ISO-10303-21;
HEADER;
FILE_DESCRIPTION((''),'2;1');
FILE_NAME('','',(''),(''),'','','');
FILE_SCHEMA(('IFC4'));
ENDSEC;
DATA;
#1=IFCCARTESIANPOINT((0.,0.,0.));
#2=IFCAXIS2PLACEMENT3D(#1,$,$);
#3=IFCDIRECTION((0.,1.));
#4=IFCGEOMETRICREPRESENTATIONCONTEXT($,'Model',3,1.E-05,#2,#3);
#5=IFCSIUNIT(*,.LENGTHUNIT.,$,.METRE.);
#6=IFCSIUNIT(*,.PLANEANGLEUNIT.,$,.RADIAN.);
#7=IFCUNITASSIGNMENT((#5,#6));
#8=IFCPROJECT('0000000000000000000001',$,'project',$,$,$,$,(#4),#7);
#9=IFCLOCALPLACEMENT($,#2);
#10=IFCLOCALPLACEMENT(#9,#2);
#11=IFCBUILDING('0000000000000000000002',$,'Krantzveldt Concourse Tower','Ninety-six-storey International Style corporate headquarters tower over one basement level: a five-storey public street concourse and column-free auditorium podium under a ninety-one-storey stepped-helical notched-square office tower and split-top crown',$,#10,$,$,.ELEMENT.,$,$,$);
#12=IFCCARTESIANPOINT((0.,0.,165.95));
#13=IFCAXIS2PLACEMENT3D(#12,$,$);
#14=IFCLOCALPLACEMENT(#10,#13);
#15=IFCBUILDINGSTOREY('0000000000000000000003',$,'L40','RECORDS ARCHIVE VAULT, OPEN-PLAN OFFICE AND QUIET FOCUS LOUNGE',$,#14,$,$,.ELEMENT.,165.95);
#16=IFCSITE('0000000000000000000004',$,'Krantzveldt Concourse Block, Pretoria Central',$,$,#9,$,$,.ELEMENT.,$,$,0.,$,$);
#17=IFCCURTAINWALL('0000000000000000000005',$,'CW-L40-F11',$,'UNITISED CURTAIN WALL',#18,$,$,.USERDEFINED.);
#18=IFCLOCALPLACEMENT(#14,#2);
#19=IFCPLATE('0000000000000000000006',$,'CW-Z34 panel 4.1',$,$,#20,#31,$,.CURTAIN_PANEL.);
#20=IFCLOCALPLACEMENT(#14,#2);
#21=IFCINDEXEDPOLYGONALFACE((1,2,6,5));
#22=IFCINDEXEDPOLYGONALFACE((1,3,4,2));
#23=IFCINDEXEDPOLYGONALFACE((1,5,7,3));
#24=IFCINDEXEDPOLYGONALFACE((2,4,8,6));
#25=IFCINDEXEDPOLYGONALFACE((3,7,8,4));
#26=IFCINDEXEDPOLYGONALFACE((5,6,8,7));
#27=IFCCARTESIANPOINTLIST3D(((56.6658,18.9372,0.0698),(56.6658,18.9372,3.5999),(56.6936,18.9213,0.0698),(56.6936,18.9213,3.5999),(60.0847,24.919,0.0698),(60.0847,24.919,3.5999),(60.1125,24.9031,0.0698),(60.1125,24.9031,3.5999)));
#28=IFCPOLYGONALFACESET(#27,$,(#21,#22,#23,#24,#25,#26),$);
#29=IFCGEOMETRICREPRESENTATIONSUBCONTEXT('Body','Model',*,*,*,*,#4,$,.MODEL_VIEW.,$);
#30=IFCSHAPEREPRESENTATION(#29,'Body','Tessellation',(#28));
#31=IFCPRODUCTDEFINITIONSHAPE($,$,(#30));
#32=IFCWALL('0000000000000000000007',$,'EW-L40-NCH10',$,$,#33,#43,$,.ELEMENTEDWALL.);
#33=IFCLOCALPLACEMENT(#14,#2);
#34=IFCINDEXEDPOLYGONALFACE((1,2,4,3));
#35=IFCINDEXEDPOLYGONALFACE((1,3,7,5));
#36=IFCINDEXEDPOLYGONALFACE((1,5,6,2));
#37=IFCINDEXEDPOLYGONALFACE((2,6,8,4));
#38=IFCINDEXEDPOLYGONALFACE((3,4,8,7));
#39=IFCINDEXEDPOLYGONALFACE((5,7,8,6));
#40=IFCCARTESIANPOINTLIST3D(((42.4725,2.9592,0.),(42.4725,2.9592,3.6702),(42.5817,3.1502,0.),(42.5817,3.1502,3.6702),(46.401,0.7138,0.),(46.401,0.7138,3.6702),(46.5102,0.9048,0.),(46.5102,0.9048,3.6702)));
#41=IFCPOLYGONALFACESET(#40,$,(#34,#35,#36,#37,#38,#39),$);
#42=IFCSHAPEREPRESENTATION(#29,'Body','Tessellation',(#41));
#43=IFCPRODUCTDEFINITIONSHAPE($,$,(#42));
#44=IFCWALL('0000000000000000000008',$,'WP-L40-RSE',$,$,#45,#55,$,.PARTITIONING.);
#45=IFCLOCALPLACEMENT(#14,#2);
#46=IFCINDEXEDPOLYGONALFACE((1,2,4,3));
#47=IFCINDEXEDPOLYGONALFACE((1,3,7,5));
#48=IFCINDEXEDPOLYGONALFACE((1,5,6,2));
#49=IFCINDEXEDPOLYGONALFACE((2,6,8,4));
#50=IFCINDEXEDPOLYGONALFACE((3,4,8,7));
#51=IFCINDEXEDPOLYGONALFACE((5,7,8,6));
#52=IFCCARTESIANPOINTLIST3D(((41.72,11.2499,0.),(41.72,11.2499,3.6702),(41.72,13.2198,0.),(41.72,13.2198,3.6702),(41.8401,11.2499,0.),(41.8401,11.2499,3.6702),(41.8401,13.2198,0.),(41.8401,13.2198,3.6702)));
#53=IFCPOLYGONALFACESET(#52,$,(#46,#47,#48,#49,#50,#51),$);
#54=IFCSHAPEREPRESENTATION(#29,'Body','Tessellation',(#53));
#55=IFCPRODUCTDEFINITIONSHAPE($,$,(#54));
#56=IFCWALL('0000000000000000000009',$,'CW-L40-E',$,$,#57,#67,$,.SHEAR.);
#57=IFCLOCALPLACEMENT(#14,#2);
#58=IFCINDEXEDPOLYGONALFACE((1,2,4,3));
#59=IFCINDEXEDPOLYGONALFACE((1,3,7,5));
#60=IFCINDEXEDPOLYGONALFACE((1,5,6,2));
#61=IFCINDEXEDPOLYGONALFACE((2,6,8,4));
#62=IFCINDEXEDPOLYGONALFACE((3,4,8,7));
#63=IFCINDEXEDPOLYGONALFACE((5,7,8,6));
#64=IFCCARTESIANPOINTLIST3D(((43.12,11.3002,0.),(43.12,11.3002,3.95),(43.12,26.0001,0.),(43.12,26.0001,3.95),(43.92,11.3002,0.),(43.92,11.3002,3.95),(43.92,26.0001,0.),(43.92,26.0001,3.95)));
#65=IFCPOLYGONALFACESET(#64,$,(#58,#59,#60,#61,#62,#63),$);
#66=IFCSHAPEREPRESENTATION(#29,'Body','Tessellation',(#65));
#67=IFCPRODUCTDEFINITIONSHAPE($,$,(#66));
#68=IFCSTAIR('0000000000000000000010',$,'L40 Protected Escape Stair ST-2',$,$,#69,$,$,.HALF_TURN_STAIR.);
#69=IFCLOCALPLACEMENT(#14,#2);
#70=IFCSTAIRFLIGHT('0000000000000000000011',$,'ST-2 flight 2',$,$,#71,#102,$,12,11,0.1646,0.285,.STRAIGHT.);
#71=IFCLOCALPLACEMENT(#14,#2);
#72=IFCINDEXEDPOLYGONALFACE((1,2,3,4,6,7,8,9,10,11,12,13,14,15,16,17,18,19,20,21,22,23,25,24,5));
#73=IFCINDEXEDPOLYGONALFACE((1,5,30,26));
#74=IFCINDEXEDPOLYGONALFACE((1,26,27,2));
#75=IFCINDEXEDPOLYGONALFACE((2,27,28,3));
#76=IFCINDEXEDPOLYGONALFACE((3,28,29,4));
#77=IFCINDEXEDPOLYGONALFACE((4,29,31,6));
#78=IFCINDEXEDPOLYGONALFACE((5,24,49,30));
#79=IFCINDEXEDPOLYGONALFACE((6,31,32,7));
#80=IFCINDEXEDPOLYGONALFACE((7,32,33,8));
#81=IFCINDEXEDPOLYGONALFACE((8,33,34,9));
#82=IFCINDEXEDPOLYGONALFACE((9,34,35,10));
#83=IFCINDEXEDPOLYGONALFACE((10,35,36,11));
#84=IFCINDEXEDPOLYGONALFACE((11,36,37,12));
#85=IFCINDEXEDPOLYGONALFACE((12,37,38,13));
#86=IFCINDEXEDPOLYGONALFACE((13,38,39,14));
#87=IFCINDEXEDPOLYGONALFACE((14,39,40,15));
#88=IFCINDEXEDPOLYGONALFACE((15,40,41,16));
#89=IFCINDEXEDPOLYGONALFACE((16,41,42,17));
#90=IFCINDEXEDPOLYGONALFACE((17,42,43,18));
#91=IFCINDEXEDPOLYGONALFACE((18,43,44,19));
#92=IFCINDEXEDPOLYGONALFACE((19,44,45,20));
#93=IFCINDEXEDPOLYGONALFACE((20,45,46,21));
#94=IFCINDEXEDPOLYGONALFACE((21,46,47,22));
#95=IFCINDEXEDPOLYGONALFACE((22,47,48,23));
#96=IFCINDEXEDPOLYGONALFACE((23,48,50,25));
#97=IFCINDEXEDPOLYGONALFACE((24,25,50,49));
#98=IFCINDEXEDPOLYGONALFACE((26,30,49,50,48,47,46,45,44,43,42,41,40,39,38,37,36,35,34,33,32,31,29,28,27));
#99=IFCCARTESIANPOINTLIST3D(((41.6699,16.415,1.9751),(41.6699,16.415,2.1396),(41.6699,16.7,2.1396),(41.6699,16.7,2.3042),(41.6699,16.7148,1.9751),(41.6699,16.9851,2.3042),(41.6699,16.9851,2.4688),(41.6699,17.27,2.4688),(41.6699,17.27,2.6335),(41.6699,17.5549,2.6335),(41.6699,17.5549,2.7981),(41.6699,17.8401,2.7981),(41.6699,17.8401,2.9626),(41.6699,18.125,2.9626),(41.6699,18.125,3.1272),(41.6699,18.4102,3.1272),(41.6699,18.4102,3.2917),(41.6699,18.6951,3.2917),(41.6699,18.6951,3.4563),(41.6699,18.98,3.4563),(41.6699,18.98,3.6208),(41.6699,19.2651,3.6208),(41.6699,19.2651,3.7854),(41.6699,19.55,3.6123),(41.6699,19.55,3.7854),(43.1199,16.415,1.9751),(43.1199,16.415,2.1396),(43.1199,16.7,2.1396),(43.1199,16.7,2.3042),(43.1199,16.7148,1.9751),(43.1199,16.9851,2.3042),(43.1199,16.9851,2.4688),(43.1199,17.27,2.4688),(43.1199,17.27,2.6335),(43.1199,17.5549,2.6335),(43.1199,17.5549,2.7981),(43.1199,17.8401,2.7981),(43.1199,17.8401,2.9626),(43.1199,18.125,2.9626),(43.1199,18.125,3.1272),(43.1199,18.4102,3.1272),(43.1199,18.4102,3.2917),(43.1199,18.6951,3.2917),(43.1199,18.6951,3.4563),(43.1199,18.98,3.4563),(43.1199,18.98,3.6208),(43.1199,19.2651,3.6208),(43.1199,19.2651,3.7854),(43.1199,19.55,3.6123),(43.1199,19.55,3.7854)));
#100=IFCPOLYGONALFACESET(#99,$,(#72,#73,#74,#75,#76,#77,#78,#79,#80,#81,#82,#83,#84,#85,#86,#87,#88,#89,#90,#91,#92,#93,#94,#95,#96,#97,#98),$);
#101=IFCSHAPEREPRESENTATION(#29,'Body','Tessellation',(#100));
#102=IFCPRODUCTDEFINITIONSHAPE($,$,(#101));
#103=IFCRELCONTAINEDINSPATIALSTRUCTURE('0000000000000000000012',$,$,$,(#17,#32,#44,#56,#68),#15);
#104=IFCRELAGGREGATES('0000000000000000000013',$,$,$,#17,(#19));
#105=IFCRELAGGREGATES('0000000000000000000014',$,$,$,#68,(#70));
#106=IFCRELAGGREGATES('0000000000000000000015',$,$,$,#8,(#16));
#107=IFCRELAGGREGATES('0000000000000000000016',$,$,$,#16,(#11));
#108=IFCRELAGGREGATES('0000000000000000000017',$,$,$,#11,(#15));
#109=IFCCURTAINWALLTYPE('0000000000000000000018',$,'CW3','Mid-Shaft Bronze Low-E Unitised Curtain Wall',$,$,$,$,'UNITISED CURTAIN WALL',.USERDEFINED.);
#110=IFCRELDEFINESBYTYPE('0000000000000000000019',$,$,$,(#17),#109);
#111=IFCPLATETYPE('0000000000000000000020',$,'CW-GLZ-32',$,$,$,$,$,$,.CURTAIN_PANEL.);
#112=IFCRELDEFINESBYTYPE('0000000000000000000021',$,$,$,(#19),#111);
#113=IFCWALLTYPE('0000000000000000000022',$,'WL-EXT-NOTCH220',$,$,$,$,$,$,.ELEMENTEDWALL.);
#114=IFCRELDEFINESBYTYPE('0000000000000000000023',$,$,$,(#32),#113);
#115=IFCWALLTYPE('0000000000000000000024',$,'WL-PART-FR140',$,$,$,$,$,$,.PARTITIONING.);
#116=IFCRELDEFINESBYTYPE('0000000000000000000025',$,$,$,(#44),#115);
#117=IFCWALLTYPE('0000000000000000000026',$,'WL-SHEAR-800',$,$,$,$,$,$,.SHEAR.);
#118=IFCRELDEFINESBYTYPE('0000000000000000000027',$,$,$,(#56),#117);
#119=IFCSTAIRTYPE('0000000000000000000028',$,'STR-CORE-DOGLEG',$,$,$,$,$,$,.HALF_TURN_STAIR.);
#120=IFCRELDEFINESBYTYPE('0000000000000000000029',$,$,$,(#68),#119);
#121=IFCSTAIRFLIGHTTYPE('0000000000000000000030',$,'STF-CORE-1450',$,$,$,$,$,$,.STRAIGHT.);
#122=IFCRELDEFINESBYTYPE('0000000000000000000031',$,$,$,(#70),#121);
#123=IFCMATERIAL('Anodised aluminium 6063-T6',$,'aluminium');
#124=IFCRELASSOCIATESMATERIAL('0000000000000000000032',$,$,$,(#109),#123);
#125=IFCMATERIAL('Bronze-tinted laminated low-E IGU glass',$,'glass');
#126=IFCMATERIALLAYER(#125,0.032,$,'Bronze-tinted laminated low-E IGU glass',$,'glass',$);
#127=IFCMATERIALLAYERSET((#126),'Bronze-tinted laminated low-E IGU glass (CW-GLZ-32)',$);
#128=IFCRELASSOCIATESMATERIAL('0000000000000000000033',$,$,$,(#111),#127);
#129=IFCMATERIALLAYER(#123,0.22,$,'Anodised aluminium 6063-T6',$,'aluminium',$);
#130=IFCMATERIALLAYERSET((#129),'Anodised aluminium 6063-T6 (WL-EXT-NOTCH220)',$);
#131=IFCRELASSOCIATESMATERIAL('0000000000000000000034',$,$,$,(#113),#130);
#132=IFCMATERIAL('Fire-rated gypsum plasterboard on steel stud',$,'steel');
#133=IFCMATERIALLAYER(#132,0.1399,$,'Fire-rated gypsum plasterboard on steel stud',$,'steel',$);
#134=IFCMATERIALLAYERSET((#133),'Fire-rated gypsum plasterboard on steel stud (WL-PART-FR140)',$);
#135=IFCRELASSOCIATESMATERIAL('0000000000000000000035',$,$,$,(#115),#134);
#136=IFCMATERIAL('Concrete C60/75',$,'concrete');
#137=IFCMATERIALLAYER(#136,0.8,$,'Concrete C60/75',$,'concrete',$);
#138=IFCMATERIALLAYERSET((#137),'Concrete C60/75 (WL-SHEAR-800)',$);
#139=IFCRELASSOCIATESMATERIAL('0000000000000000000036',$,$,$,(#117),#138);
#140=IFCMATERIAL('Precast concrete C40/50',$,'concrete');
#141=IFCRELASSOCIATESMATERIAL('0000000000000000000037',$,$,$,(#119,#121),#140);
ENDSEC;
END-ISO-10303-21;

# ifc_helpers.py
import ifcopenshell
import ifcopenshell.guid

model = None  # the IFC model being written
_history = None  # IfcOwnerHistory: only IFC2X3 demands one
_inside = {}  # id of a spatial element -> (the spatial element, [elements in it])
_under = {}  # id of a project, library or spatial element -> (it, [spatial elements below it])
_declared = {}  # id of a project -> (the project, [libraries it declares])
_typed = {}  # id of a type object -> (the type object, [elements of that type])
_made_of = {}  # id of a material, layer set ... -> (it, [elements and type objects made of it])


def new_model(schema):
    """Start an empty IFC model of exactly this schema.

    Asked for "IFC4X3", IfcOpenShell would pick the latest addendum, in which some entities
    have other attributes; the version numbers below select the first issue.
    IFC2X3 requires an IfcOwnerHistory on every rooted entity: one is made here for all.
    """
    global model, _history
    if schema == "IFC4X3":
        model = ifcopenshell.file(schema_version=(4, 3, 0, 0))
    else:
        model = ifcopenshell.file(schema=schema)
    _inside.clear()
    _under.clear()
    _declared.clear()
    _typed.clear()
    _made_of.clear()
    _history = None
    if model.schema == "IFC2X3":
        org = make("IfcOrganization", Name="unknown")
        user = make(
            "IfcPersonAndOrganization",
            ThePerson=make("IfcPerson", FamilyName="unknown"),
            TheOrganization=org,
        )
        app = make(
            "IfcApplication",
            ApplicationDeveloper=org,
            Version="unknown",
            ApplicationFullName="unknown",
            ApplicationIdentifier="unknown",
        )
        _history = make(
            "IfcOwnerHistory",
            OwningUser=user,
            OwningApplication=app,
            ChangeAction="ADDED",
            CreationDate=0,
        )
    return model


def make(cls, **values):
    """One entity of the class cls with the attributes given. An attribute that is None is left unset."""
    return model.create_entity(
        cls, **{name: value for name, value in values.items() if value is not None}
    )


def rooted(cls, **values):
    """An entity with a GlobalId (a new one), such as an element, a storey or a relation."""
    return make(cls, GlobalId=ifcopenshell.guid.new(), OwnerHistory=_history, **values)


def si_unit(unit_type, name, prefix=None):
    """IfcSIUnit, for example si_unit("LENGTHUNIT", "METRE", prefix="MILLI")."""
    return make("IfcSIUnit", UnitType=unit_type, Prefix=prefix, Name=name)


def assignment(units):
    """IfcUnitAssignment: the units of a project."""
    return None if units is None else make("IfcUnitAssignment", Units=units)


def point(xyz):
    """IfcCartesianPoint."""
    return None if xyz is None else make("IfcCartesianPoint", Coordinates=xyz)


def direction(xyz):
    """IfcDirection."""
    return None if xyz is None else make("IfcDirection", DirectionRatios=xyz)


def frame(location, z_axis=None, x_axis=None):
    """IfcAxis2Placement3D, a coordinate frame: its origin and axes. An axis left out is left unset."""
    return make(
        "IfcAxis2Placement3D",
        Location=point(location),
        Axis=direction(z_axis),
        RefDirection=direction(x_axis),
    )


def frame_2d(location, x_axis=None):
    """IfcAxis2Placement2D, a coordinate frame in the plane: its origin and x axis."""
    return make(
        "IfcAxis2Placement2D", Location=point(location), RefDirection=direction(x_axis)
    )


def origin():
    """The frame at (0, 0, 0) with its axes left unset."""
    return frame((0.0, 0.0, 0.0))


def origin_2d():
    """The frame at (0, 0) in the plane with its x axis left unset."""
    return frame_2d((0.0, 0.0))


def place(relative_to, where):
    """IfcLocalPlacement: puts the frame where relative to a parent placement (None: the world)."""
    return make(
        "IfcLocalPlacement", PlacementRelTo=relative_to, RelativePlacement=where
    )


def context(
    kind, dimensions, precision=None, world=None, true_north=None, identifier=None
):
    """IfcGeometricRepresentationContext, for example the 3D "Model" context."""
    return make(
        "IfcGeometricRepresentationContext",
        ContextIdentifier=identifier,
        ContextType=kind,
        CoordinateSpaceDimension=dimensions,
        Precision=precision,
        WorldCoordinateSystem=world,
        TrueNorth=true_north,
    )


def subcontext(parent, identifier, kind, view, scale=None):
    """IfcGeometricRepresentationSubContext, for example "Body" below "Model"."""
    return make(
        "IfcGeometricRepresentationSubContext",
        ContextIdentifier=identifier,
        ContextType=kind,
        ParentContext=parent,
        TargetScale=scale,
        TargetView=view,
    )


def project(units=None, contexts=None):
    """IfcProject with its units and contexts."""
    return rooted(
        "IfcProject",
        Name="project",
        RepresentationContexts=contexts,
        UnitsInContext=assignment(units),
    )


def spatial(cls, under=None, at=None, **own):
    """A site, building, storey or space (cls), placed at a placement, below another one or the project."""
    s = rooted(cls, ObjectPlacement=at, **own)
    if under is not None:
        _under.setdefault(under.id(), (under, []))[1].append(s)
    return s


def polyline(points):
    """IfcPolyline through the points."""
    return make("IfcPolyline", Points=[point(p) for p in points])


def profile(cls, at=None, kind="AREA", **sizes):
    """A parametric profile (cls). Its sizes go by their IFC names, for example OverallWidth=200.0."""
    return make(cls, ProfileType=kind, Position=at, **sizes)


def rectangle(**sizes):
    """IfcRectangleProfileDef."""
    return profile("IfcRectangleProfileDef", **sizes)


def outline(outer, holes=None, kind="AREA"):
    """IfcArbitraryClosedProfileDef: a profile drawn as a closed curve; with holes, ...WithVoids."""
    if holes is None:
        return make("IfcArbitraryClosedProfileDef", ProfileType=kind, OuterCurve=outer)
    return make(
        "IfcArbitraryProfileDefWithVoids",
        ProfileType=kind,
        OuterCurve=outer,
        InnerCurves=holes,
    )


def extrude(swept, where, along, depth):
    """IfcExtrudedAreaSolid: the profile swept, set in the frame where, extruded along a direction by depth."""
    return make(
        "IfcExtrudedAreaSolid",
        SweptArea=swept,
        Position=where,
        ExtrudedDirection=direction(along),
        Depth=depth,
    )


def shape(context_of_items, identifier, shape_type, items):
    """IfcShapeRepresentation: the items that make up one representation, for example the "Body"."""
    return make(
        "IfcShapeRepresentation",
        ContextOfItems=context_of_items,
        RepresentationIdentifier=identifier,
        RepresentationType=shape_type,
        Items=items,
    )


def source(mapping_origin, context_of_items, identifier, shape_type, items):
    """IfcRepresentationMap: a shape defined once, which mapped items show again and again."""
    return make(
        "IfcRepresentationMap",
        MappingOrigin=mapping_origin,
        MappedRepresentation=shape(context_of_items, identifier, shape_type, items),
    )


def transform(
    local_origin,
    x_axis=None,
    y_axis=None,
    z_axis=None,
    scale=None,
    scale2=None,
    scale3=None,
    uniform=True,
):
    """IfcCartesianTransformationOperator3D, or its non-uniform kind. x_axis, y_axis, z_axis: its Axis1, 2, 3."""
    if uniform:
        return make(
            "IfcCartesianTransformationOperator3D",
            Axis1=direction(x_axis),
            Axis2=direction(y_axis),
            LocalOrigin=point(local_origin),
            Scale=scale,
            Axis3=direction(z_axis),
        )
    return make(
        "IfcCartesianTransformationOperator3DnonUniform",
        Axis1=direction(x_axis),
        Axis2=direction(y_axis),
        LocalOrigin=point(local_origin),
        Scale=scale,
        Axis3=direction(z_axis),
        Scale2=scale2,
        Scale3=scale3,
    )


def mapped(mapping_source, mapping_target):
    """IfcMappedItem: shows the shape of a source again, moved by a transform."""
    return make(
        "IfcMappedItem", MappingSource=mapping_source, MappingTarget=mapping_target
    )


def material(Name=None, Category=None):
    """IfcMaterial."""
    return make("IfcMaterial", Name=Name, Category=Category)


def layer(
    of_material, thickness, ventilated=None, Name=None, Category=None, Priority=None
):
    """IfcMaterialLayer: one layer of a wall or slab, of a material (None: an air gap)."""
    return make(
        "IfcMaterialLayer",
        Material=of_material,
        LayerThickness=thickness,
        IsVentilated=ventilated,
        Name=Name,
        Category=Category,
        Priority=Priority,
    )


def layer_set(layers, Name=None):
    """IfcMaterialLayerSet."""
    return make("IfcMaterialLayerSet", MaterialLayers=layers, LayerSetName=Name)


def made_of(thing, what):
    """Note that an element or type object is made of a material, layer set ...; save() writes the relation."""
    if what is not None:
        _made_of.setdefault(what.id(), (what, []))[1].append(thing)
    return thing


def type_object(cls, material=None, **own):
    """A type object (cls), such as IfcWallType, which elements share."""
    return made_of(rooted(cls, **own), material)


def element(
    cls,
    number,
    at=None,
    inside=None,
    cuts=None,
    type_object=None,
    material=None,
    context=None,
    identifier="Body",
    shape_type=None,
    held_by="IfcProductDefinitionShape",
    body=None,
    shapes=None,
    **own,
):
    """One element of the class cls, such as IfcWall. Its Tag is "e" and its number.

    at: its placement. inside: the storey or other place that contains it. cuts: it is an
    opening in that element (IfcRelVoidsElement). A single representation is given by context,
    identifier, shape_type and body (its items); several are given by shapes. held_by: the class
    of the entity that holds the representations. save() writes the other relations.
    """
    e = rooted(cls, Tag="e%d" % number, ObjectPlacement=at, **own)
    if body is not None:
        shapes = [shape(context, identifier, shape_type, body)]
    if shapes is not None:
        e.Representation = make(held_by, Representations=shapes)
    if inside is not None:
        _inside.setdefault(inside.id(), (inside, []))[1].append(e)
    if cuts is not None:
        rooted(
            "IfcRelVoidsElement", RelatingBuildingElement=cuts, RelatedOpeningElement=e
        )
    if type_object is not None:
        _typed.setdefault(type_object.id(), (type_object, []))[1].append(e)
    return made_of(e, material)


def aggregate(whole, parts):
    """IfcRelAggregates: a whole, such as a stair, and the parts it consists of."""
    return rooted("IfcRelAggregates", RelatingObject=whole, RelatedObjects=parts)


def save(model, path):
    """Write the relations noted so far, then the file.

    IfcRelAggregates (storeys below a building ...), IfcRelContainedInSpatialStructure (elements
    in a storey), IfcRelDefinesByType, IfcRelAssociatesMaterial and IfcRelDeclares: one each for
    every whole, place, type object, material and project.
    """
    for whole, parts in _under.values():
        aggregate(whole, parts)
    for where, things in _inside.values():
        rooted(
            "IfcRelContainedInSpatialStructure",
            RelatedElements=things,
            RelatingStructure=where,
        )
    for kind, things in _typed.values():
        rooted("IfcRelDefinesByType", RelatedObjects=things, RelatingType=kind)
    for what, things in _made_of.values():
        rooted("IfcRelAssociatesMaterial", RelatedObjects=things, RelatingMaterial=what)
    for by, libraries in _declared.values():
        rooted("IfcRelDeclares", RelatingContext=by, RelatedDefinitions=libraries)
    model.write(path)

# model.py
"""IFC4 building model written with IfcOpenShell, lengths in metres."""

from ifc_helpers import new_model, si_unit, direction, frame, frame_2d, origin, origin_2d, place, context, subcontext, project, spatial, polyline, rectangle, outline, extrude, source, transform, mapped, material, layer, layer_set, type_object, element, aggregate, save


model = new_model("IFC4")

# Units and contexts
model_context = context("Model", 3, precision=1e-05, world=origin(), true_north=direction((0.0, 1.0)))
body_context = subcontext(model_context, "Body", "Model", "MODEL_VIEW")
ifc_project = project(units=[si_unit("LENGTHUNIT", "METRE"), si_unit("PLANEANGLEUNIT", "RADIAN")], contexts=[model_context])

# Site, building, storey
site_placement = place(None, origin())
site = spatial("IfcSite", under=ifc_project, at=site_placement, Name="Krantzveldt Concourse Block, Pretoria Central", CompositionType="ELEMENT", RefElevation=0.0)
building_placement = place(site_placement, origin())
building = spatial("IfcBuilding", under=site, at=building_placement, Name="Krantzveldt Concourse Tower", Description="Ninety-six-storey International Style corporate headquarters tower over one basement level: a five-storey public street concourse and column-free auditorium podium under a ninety-one-storey stepped-helical notched-square office tower and split-top crown", CompositionType="ELEMENT")
storey_placement = place(building_placement, frame((0.0, 0.0, 165.95)))
storey = spatial("IfcBuildingStorey", under=building, at=storey_placement, Name="L40", Description="RECORDS ARCHIVE VAULT, OPEN-PLAN OFFICE AND QUIET FOCUS LOUNGE", CompositionType="ELEMENT", Elevation=165.95)

# Curtain wall, plate
ifc_material_1 = material(Name="Anodised aluminium 6063-T6", Category="aluminium")
curtain_wall_type = type_object("IfcCurtainWallType", Name="CW3", Description="Mid-Shaft Bronze Low-E Unitised Curtain Wall", ElementType="UNITISED CURTAIN WALL", PredefinedType="USERDEFINED", material=ifc_material_1)
curtain_wall_placement = place(storey_placement, origin())
curtain_wall = element("IfcCurtainWall", 1, at=curtain_wall_placement, inside=storey, type_object=curtain_wall_type, Name="CW-L40-F11", ObjectType="UNITISED CURTAIN WALL", PredefinedType="USERDEFINED")
ifc_material_2 = material(Name="Bronze-tinted laminated low-E IGU glass", Category="glass")
ifc_layer_1 = layer(ifc_material_2, 0.032, Name="Bronze-tinted laminated low-E IGU glass", Category="glass")
ifc_layer_set_1 = layer_set([ifc_layer_1], Name="Bronze-tinted laminated low-E IGU glass (CW-GLZ-32)")
plate_type = type_object("IfcPlateType", Name="CW-GLZ-32", PredefinedType="CURTAIN_PANEL", material=ifc_layer_set_1)
shared_shape_1 = source(origin(), body_context, "Body", "SweptSolid", [
    extrude(rectangle(XDim=6.8899, YDim=0.032, at=origin_2d()), origin(), (0.0, 0.0, 1.0), 3.53),
])
plate_1_placement = place(storey_placement, frame((58.3892, 21.9202, 0.0698), z_axis=(0.0, 0.0, 1.0), x_axis=(0.496216, 0.868199, 0.0)))
plate_1 = element("IfcPlate", 2, at=plate_1_placement, type_object=plate_type, Name="CW-Z34 panel 4.1", PredefinedType="CURTAIN_PANEL", context=body_context, shape_type="MappedRepresentation", body=[
    mapped(shared_shape_1, transform((0.0, 0.0, 0.0), x_axis=(1.0, 0.0, 0.0), y_axis=(0.0, 1.0, 0.0), z_axis=(0.0, 0.0, 1.0), scale=1.0)),
])
aggregate(curtain_wall, [plate_1])

# Walls
ifc_layer_2 = layer(ifc_material_1, 0.22, Name="Anodised aluminium 6063-T6", Category="aluminium")
ifc_layer_set_2 = layer_set([ifc_layer_2], Name="Anodised aluminium 6063-T6 (WL-EXT-NOTCH220)")
wall_type_1 = type_object("IfcWallType", Name="WL-EXT-NOTCH220", PredefinedType="ELEMENTEDWALL", material=ifc_layer_set_2)
wall_1_placement = place(storey_placement, frame((42.5271, 3.0547, 0.0), z_axis=(0.0, 0.0, 1.0), x_axis=(0.868193, -0.496226, 0.0)))
element("IfcWall", 3, at=wall_1_placement, inside=storey, type_object=wall_type_1, Name="EW-L40-NCH10", PredefinedType="ELEMENTEDWALL", context=body_context, shape_type="SweptSolid", body=[
    extrude(rectangle(XDim=4.5249, YDim=0.22, at=frame_2d((2.2625, 0.0))), origin(), (0.0, 0.0, 1.0), 3.6702),
])
ifc_material_3 = material(Name="Fire-rated gypsum plasterboard on steel stud", Category="steel")
ifc_layer_3 = layer(ifc_material_3, 0.1399, Name="Fire-rated gypsum plasterboard on steel stud", Category="steel")
ifc_layer_set_3 = layer_set([ifc_layer_3], Name="Fire-rated gypsum plasterboard on steel stud (WL-PART-FR140)")
wall_type_2 = type_object("IfcWallType", Name="WL-PART-FR140", PredefinedType="PARTITIONING", material=ifc_layer_set_3)
wall_2_placement = place(storey_placement, frame((41.78, 11.25, 0.0), z_axis=(0.0, 0.0, 1.0), x_axis=(0.0, 1.0, 0.0)))
element("IfcWall", 4, at=wall_2_placement, inside=storey, type_object=wall_type_2, Name="WP-L40-RSE", PredefinedType="PARTITIONING", context=body_context, shape_type="SweptSolid", body=[
    extrude(rectangle(XDim=1.97, YDim=0.1201, at=frame_2d((0.9849, 0.0))), origin(), (0.0, 0.0, 1.0), 3.6702),
])
ifc_material_4 = material(Name="Concrete C60/75", Category="concrete")
ifc_layer_4 = layer(ifc_material_4, 0.8, Name="Concrete C60/75", Category="concrete")
ifc_layer_set_4 = layer_set([ifc_layer_4], Name="Concrete C60/75 (WL-SHEAR-800)")
wall_type_3 = type_object("IfcWallType", Name="WL-SHEAR-800", PredefinedType="SHEAR", material=ifc_layer_set_4)
wall_3_placement = place(storey_placement, frame((43.52, 11.3, 0.0), z_axis=(0.0, 0.0, 1.0), x_axis=(0.0, 1.0, 0.0)))
element("IfcWall", 5, at=wall_3_placement, inside=storey, type_object=wall_type_3, Name="CW-L40-E", PredefinedType="SHEAR", context=body_context, shape_type="SweptSolid", body=[
    extrude(rectangle(XDim=14.7, YDim=0.8, at=frame_2d((7.3501, 0.0))), origin(), (0.0, 0.0, 1.0), 3.95),
])

# Stair, stair flight
ifc_material_5 = material(Name="Precast concrete C40/50", Category="concrete")
stair_type = type_object("IfcStairType", Name="STR-CORE-DOGLEG", PredefinedType="HALF_TURN_STAIR", material=ifc_material_5)
stair_placement = place(storey_placement, origin())
stair = element("IfcStair", 6, at=stair_placement, inside=storey, type_object=stair_type, Name="L40 Protected Escape Stair ST-2", PredefinedType="HALF_TURN_STAIR")
stair_flight_type = type_object("IfcStairFlightType", Name="STF-CORE-1450", PredefinedType="STRAIGHT", material=ifc_material_5)
stair_flight_placement = place(storey_placement, frame((42.395, 16.415, 1.9751), z_axis=(0.0, 0.0, 1.0), x_axis=(0.0, 1.0, 0.0)))
stair_flight = element("IfcStairFlight", 7, at=stair_flight_placement, type_object=stair_flight_type, Name="ST-2 flight 2", NumberOfRisers=12, NumberOfTreads=11, PredefinedType="STRAIGHT", RiserHeight=0.1646, TreadLength=0.285, context=body_context, shape_type="SweptSolid", body=[
    extrude(outline(polyline([(0.0, 0.0), (0.0, 0.1646), (0.2849, 0.1646), (0.2849, 0.3291), (0.5701, 0.3291), (0.5701, 0.4937), (0.855, 0.4937), (0.855, 0.6584), (1.1399, 0.6584), (1.1399, 0.823), (1.425, 0.823), (1.425, 0.9875), (1.71, 0.9875), (1.71, 1.1521), (1.9951, 1.1521), (1.9951, 1.3167), (2.28, 1.3167), (2.28, 1.4812), (2.5649, 1.4812), (2.5649, 1.6458), (2.8501, 1.6458), (2.8501, 1.8103), (3.135, 1.8103), (3.135, 1.9751), (3.135, 1.6372), (0.2998, 0.0), (0.0, 0.0)])), frame((0.0, 0.7251, 0.0), z_axis=(0.0, -1.0, 0.0), x_axis=(1.0, 0.0, 0.0)), (0.0, 0.0, 1.0), 1.45),
])
aggregate(stair, [stair_flight])

save(model, "model.ifc")
